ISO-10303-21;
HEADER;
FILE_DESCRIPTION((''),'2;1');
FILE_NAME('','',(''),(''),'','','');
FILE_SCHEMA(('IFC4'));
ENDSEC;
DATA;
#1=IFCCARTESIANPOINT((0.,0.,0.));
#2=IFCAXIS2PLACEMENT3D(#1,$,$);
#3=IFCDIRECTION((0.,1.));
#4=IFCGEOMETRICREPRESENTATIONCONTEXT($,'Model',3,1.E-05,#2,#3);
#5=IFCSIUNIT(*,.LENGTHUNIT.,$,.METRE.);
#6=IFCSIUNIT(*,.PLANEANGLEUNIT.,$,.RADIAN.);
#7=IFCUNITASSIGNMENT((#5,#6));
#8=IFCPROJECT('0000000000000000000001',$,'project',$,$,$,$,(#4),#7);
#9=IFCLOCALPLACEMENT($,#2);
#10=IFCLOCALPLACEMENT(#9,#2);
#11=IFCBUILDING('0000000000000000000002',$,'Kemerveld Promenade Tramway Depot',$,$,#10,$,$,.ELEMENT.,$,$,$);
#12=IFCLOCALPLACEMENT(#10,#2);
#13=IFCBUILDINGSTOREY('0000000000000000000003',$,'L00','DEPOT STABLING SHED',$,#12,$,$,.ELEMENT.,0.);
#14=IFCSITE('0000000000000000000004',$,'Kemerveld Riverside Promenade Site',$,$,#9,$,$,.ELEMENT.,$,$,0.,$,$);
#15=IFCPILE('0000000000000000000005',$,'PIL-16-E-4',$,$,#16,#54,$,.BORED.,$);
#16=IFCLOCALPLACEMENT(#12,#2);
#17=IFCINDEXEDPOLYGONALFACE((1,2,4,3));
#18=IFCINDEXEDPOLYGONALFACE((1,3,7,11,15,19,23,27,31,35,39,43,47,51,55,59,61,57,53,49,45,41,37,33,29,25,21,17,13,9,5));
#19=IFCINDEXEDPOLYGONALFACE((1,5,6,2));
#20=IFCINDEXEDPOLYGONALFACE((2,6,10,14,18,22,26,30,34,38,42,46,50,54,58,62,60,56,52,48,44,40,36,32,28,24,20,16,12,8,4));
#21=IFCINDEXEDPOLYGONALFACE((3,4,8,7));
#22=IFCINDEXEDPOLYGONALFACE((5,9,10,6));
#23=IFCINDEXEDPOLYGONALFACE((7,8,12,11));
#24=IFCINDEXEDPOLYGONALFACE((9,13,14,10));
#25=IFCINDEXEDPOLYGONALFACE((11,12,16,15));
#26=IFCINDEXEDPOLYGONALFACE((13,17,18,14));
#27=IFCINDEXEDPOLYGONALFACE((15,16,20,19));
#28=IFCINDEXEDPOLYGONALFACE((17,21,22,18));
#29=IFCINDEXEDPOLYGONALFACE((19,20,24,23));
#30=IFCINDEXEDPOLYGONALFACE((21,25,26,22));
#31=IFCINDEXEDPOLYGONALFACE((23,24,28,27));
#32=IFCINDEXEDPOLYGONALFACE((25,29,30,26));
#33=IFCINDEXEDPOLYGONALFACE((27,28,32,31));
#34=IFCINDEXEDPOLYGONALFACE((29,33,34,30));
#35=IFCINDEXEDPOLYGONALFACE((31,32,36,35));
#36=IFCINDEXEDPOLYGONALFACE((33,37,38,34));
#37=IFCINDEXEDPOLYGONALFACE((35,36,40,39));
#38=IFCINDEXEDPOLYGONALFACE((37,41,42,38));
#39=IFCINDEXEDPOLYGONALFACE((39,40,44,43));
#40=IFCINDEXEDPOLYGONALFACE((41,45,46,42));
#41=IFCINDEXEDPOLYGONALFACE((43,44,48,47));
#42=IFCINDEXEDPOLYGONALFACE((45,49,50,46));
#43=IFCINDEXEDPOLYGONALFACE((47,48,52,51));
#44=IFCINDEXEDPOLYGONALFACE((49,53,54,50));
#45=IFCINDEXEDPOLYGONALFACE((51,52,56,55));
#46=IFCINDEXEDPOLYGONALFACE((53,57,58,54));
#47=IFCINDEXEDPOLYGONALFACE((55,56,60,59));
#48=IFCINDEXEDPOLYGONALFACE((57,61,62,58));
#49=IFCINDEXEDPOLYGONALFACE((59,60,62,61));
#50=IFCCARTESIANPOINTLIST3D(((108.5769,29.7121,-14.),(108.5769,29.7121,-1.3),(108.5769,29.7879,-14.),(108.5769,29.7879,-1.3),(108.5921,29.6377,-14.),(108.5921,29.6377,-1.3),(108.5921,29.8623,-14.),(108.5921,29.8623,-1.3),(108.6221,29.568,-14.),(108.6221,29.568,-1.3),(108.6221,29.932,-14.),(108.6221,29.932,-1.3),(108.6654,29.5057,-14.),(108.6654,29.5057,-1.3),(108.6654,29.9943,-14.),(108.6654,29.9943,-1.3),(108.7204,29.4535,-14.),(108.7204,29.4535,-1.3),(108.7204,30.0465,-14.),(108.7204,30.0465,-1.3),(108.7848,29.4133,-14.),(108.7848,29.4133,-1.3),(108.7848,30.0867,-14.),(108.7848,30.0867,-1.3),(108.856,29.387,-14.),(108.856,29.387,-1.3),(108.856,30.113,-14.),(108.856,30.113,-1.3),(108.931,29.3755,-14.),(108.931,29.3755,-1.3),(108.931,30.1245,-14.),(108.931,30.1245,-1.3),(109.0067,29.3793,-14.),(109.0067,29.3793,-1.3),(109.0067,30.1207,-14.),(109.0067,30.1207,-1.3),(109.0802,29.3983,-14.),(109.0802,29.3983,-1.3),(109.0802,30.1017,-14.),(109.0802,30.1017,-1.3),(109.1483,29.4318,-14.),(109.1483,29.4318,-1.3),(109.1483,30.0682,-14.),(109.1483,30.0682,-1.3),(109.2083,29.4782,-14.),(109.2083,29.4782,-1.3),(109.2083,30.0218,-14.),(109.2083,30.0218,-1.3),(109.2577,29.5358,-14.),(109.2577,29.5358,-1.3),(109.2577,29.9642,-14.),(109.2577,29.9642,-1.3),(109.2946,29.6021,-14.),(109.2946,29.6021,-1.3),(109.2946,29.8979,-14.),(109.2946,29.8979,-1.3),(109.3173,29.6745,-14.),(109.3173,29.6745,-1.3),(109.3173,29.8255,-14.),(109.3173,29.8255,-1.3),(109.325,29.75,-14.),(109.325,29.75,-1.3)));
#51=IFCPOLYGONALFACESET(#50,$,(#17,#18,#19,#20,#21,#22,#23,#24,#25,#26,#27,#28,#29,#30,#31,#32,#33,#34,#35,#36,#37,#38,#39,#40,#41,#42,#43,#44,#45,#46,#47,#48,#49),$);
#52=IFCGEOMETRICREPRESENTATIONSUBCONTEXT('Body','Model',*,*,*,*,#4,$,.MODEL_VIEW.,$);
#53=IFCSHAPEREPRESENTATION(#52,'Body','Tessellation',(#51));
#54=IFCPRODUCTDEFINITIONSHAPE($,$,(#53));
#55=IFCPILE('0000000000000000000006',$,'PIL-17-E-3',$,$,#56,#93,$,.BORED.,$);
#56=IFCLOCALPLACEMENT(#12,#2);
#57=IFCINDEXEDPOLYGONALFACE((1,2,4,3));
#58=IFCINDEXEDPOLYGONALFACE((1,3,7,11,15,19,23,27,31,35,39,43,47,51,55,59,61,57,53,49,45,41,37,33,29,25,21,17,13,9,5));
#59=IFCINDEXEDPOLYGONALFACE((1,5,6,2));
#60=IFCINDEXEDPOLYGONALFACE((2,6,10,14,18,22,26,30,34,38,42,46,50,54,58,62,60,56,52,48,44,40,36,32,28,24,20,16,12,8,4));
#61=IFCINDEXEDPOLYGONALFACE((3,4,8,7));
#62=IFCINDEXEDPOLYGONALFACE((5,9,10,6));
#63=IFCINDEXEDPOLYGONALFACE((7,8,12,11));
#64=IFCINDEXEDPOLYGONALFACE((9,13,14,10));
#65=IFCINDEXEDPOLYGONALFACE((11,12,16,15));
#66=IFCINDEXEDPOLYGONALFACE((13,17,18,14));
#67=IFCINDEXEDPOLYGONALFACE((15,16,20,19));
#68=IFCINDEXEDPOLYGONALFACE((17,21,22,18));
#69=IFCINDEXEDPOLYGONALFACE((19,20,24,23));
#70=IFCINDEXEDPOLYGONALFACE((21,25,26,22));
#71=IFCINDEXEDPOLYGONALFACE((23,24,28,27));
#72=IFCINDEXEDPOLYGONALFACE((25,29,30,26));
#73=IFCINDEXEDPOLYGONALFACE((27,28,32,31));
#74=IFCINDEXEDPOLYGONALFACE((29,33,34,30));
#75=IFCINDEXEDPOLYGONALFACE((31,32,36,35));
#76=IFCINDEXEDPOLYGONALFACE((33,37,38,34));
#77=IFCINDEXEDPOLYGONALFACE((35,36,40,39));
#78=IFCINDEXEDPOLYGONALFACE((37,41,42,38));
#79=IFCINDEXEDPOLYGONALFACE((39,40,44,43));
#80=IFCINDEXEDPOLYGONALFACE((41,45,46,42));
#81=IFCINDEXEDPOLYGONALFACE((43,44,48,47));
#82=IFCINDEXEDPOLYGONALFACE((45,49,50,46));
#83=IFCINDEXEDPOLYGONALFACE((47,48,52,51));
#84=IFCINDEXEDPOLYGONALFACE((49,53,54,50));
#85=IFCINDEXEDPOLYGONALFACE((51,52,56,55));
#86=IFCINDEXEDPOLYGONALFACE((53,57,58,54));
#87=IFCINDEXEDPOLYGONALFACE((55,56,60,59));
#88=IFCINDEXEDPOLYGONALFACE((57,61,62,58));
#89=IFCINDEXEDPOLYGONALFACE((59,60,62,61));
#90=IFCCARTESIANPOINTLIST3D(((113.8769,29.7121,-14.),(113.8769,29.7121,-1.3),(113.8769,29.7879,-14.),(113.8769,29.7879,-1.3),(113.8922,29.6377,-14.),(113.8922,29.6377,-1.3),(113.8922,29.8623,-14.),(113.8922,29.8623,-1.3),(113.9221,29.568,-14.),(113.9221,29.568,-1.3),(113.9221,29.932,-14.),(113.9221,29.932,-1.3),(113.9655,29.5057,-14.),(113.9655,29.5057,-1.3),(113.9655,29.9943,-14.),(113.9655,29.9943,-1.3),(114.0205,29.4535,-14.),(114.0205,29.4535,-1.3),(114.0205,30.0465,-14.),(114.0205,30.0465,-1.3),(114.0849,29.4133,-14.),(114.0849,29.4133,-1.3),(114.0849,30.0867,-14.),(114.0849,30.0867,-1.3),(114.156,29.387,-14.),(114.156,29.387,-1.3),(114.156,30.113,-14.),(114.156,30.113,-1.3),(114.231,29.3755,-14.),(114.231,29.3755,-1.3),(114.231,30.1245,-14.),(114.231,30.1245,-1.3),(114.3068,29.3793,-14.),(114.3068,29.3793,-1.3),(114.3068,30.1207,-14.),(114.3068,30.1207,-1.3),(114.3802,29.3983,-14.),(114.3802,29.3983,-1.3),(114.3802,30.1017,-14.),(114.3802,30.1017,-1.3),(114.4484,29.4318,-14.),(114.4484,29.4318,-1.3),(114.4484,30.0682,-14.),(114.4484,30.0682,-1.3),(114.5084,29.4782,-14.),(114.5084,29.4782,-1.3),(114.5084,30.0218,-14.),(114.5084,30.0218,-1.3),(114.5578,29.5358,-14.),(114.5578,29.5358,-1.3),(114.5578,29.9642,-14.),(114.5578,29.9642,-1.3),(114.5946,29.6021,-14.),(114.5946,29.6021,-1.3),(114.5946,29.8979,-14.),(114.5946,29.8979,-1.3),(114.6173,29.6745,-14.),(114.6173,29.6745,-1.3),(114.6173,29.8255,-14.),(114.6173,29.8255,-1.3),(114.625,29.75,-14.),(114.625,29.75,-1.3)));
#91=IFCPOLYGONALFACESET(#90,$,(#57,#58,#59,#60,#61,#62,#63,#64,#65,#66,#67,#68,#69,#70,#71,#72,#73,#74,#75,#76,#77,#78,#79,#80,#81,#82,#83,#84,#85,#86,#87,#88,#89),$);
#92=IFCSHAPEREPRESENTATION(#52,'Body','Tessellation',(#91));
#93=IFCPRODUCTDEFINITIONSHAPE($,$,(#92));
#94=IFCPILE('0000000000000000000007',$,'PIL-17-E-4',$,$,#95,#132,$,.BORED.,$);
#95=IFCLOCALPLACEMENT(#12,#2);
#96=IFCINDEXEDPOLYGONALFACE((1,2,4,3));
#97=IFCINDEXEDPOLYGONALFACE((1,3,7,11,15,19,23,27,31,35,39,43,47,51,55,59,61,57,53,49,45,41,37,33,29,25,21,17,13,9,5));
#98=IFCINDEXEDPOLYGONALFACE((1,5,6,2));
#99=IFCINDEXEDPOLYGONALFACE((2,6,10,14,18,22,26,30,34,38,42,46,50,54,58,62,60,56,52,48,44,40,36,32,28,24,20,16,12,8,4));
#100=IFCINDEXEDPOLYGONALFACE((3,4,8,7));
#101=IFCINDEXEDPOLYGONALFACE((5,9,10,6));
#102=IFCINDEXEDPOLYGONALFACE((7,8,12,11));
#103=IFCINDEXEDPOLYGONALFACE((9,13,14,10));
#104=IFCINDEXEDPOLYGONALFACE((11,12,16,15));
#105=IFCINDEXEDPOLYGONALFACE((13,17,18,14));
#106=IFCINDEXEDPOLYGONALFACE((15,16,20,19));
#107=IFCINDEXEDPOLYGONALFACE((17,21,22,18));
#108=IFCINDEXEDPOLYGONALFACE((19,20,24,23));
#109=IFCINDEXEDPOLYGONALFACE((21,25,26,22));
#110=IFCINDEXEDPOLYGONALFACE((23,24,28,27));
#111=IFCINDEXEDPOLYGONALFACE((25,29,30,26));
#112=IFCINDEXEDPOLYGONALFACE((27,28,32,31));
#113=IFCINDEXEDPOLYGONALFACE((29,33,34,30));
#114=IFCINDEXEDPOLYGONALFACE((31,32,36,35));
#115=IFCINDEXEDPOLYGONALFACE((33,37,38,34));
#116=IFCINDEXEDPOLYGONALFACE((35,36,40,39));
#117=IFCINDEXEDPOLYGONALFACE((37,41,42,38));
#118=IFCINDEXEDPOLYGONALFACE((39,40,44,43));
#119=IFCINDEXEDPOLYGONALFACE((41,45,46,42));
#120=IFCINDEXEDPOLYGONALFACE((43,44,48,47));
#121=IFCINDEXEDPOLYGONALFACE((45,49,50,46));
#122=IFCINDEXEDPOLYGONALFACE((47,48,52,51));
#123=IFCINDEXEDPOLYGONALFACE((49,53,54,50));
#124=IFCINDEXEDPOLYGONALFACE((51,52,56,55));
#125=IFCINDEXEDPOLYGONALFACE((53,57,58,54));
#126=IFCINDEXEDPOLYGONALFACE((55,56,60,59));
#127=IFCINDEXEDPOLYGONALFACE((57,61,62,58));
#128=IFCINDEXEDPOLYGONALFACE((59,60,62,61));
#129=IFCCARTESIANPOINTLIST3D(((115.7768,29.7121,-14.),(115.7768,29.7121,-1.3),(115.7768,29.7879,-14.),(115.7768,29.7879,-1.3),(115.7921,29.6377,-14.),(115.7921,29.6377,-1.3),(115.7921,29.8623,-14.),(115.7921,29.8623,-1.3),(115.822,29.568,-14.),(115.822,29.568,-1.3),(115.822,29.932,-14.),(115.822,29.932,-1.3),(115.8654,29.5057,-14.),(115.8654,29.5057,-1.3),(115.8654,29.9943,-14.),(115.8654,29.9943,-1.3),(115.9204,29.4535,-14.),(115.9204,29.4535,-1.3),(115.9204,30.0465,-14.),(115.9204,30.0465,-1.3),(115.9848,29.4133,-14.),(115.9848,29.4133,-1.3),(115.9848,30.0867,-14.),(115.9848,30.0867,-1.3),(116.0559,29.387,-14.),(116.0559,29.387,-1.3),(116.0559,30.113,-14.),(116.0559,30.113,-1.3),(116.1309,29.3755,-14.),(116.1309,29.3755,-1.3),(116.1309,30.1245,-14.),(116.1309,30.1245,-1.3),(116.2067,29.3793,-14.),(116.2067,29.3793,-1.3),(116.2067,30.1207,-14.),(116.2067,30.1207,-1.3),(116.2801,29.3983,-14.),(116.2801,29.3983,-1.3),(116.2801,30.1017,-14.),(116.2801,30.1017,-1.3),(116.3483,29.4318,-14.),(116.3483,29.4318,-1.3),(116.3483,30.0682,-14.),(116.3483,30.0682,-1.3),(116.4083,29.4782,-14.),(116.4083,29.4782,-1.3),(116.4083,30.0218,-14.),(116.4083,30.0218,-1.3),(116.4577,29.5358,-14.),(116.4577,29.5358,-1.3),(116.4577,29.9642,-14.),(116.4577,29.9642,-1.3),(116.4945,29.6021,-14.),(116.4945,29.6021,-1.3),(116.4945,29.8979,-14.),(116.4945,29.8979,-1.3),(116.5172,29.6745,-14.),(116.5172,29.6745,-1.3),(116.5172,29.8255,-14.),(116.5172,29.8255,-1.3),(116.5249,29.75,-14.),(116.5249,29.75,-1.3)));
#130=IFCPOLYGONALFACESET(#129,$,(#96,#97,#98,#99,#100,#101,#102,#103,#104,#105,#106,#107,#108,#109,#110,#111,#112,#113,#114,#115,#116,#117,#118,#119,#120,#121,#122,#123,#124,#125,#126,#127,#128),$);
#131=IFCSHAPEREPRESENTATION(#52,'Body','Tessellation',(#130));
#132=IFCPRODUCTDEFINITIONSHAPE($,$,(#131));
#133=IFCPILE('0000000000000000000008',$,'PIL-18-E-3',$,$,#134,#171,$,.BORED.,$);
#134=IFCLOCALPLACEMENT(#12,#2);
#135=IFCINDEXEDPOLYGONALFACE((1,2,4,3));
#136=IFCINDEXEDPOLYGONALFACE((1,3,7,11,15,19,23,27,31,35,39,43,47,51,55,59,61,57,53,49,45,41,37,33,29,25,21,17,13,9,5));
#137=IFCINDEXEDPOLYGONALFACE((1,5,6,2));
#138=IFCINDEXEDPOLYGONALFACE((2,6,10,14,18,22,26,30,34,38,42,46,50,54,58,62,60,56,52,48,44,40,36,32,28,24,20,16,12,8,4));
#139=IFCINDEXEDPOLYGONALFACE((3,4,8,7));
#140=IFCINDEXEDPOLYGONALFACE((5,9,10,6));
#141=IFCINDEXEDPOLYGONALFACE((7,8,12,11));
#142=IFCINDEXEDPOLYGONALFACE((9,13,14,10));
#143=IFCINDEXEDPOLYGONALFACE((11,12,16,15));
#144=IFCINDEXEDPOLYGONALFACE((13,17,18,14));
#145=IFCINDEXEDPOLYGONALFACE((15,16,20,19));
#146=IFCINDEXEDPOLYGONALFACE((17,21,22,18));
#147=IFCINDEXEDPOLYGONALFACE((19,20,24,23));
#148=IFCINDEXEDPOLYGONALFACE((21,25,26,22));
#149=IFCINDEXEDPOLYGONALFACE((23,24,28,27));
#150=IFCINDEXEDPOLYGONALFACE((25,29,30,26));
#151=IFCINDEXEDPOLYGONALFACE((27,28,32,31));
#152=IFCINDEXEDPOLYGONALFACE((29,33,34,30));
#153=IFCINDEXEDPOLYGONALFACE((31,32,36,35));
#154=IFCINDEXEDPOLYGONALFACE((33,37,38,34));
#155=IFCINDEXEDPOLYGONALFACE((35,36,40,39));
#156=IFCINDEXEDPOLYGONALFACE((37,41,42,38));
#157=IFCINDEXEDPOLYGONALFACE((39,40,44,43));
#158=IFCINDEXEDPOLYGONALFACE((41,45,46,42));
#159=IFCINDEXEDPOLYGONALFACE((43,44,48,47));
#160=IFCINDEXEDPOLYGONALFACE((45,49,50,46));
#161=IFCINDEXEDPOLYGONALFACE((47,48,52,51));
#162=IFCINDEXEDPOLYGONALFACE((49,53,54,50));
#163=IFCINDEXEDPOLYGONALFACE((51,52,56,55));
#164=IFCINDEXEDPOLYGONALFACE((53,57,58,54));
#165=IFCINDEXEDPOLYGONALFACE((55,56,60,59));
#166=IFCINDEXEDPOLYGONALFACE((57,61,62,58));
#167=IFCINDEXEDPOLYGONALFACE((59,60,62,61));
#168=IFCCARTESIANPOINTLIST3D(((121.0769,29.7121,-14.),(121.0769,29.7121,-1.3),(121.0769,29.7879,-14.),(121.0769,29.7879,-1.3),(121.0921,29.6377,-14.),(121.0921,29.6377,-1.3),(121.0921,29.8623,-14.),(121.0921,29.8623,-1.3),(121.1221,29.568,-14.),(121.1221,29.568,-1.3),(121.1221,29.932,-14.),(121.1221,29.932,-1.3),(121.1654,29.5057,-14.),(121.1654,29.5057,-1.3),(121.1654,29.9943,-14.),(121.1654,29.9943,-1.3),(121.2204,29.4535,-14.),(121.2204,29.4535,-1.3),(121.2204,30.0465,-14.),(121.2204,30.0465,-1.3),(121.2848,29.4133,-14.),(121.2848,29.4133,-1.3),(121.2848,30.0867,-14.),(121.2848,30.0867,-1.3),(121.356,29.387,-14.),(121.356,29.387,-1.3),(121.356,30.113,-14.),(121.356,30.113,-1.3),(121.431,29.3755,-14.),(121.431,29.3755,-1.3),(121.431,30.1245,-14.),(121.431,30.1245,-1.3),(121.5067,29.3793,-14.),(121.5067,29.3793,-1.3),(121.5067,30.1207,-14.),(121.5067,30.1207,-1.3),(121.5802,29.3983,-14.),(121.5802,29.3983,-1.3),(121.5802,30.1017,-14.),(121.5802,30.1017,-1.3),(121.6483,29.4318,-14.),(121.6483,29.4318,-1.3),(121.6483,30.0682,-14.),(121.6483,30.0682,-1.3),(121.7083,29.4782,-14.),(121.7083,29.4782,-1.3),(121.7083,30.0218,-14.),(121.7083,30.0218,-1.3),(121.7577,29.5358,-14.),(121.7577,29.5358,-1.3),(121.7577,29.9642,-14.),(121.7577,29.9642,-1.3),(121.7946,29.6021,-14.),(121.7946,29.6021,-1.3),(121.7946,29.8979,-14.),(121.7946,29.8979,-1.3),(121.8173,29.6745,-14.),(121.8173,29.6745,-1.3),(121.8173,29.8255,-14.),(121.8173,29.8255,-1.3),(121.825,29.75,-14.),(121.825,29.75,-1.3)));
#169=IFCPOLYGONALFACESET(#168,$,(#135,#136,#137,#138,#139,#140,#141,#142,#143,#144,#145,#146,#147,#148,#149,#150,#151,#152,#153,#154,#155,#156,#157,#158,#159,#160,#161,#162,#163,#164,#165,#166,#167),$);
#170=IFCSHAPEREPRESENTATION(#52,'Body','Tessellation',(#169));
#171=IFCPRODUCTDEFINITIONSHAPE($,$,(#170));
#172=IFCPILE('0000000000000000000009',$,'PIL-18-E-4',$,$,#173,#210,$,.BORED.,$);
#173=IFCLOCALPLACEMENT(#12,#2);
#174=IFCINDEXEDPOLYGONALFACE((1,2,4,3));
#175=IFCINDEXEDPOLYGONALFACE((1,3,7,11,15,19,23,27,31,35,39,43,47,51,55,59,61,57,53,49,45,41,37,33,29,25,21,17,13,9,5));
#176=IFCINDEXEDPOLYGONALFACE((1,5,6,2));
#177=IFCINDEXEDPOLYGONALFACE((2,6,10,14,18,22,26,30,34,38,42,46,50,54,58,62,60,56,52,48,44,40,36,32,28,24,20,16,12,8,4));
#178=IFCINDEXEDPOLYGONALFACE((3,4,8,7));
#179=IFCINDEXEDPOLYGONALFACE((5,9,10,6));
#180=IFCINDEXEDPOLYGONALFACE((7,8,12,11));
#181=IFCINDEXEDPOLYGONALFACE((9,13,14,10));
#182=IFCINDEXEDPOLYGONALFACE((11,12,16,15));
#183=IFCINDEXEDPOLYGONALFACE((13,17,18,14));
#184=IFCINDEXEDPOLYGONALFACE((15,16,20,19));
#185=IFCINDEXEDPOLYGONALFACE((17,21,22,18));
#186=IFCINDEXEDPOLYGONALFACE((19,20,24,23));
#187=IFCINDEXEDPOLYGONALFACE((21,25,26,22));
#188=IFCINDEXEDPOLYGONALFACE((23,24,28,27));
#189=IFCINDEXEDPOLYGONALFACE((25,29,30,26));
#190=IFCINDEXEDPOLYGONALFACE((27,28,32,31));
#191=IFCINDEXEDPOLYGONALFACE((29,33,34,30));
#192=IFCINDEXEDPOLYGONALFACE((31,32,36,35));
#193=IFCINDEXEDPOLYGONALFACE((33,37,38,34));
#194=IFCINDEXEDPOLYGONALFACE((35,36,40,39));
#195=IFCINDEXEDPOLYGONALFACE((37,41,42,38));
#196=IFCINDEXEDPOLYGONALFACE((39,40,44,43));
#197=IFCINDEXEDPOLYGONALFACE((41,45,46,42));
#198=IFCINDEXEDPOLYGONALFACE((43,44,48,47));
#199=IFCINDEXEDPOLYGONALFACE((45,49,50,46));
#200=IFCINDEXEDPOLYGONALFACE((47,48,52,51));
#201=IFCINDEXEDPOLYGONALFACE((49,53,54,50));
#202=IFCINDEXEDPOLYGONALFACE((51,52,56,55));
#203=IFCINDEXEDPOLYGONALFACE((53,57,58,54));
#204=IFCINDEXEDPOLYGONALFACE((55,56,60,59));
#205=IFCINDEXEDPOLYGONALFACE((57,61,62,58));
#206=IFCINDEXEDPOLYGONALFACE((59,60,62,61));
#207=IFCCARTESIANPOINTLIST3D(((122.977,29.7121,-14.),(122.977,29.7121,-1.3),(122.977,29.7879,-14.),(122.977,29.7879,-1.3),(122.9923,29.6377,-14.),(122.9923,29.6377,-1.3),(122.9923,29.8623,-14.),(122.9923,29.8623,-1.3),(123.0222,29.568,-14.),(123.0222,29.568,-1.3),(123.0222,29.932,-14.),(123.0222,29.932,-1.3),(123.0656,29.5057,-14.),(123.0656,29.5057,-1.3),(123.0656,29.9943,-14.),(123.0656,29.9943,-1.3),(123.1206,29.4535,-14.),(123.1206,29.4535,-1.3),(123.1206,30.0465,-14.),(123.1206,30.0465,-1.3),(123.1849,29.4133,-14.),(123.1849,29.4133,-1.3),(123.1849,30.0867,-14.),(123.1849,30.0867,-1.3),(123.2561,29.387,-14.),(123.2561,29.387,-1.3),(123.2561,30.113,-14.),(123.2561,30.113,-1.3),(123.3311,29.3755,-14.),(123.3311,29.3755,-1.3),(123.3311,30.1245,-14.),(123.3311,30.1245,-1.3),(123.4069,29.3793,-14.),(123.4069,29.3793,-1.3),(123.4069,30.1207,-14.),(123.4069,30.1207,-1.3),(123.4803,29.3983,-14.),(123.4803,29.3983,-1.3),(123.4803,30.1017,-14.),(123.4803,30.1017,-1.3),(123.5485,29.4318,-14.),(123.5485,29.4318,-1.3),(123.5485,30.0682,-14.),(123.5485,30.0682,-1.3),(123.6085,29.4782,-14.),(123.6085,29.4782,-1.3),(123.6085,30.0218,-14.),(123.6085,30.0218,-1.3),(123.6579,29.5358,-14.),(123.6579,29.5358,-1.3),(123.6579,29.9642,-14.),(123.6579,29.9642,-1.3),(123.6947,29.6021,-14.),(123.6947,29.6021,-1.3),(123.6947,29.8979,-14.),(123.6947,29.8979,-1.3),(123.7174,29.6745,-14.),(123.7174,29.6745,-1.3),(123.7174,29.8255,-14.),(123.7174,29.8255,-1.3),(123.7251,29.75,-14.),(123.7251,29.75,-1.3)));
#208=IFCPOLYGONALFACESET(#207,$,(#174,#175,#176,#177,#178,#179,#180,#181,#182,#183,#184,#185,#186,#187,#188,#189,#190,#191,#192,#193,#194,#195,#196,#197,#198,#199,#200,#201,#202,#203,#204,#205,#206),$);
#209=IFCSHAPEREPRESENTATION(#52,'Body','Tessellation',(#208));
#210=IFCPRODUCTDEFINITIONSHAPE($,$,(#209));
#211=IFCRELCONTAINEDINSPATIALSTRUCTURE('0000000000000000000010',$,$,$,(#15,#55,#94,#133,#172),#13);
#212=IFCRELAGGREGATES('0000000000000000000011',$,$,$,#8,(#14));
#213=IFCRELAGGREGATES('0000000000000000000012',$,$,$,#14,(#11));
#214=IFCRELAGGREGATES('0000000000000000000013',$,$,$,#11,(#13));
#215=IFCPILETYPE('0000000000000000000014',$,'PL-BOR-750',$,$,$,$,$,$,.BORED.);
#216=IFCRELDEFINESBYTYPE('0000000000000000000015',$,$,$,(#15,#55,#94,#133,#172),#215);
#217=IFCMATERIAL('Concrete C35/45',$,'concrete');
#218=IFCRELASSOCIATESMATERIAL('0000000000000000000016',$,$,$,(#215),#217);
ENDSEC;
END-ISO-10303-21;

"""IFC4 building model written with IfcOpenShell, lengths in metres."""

from ifc_helpers import new_model, si_unit, direction, frame, origin, origin_2d, place, context, subcontext, project, spatial, circle, extrude, material, material_profile, profile_set, type_object, element, save


model = new_model("IFC4")

# Units and contexts
model_context = context("Model", 3, precision=1e-05, world=origin(), true_north=direction((0.0, 1.0)))
body_context = subcontext(model_context, "Body", "Model", "MODEL_VIEW")
ifc_project = project(units=[si_unit("LENGTHUNIT", "METRE"), si_unit("PLANEANGLEUNIT", "RADIAN")], contexts=[model_context])

# Site, building, storey
site_placement = place(None, origin())
site = spatial("IfcSite", under=ifc_project, at=site_placement, Name="Kemerveld Riverside Promenade Site", CompositionType="ELEMENT", RefElevation=0.0)
building_placement = place(site_placement, origin())
building = spatial("IfcBuilding", under=site, at=building_placement, Name="Kemerveld Promenade Tramway Depot", CompositionType="ELEMENT")
storey_placement = place(building_placement, origin())
storey = spatial("IfcBuildingStorey", under=building, at=storey_placement, Name="L00", Description="DEPOT STABLING SHED", CompositionType="ELEMENT", Elevation=0.0)

# Shared definitions
ifc_material_1 = material(Name="Concrete C35/45", Category="concrete")

# Piles
ifc_material_profile_1 = material_profile(ifc_material_1, circle(Radius=0.375, at=origin_2d()), Name="PILE-D750")
ifc_profile_set_1 = profile_set([ifc_material_profile_1], Name="Concrete C35/45")
pile_type_1 = type_object("IfcPileType", Name="PL-BOR-750", PredefinedType="BORED", material=ifc_profile_set_1)
for number, where, z_axis, x_axis, name in (
    (1, (108.95, 29.75, -1.3), (0.0, 0.0, -1.0), (1.0, 0.0, 0.0), "PIL-16-E-4"),
    (2, (114.25, 29.75, -1.3), (0.0, 0.0, -1.0), (1.0, 0.0, 0.0), "PIL-17-E-3"),
    (3, (116.1499, 29.75, -1.3), (0.0, 0.0, -1.0), (1.0, 0.0, 0.0), "PIL-17-E-4"),
    (4, (121.45, 29.75, -1.3), (0.0, 0.0, -1.0), (1.0, 0.0, 0.0), "PIL-18-E-3"),
    (5, (123.3501, 29.75, -1.3), (0.0, 0.0, -1.0), (1.0, 0.0, 0.0), "PIL-18-E-4"),
):
    element("IfcPile", number, at=place(storey_placement, frame(where, z_axis=z_axis, x_axis=x_axis)), inside=storey, type_object=pile_type_1, Name=name, PredefinedType="BORED", context=body_context, shape_type="SweptSolid", body=[
        extrude(circle(Radius=0.375, at=origin_2d()), origin(), (0.0, 0.0, 1.0), 12.7),
    ])

save(model, "model.ifc")
